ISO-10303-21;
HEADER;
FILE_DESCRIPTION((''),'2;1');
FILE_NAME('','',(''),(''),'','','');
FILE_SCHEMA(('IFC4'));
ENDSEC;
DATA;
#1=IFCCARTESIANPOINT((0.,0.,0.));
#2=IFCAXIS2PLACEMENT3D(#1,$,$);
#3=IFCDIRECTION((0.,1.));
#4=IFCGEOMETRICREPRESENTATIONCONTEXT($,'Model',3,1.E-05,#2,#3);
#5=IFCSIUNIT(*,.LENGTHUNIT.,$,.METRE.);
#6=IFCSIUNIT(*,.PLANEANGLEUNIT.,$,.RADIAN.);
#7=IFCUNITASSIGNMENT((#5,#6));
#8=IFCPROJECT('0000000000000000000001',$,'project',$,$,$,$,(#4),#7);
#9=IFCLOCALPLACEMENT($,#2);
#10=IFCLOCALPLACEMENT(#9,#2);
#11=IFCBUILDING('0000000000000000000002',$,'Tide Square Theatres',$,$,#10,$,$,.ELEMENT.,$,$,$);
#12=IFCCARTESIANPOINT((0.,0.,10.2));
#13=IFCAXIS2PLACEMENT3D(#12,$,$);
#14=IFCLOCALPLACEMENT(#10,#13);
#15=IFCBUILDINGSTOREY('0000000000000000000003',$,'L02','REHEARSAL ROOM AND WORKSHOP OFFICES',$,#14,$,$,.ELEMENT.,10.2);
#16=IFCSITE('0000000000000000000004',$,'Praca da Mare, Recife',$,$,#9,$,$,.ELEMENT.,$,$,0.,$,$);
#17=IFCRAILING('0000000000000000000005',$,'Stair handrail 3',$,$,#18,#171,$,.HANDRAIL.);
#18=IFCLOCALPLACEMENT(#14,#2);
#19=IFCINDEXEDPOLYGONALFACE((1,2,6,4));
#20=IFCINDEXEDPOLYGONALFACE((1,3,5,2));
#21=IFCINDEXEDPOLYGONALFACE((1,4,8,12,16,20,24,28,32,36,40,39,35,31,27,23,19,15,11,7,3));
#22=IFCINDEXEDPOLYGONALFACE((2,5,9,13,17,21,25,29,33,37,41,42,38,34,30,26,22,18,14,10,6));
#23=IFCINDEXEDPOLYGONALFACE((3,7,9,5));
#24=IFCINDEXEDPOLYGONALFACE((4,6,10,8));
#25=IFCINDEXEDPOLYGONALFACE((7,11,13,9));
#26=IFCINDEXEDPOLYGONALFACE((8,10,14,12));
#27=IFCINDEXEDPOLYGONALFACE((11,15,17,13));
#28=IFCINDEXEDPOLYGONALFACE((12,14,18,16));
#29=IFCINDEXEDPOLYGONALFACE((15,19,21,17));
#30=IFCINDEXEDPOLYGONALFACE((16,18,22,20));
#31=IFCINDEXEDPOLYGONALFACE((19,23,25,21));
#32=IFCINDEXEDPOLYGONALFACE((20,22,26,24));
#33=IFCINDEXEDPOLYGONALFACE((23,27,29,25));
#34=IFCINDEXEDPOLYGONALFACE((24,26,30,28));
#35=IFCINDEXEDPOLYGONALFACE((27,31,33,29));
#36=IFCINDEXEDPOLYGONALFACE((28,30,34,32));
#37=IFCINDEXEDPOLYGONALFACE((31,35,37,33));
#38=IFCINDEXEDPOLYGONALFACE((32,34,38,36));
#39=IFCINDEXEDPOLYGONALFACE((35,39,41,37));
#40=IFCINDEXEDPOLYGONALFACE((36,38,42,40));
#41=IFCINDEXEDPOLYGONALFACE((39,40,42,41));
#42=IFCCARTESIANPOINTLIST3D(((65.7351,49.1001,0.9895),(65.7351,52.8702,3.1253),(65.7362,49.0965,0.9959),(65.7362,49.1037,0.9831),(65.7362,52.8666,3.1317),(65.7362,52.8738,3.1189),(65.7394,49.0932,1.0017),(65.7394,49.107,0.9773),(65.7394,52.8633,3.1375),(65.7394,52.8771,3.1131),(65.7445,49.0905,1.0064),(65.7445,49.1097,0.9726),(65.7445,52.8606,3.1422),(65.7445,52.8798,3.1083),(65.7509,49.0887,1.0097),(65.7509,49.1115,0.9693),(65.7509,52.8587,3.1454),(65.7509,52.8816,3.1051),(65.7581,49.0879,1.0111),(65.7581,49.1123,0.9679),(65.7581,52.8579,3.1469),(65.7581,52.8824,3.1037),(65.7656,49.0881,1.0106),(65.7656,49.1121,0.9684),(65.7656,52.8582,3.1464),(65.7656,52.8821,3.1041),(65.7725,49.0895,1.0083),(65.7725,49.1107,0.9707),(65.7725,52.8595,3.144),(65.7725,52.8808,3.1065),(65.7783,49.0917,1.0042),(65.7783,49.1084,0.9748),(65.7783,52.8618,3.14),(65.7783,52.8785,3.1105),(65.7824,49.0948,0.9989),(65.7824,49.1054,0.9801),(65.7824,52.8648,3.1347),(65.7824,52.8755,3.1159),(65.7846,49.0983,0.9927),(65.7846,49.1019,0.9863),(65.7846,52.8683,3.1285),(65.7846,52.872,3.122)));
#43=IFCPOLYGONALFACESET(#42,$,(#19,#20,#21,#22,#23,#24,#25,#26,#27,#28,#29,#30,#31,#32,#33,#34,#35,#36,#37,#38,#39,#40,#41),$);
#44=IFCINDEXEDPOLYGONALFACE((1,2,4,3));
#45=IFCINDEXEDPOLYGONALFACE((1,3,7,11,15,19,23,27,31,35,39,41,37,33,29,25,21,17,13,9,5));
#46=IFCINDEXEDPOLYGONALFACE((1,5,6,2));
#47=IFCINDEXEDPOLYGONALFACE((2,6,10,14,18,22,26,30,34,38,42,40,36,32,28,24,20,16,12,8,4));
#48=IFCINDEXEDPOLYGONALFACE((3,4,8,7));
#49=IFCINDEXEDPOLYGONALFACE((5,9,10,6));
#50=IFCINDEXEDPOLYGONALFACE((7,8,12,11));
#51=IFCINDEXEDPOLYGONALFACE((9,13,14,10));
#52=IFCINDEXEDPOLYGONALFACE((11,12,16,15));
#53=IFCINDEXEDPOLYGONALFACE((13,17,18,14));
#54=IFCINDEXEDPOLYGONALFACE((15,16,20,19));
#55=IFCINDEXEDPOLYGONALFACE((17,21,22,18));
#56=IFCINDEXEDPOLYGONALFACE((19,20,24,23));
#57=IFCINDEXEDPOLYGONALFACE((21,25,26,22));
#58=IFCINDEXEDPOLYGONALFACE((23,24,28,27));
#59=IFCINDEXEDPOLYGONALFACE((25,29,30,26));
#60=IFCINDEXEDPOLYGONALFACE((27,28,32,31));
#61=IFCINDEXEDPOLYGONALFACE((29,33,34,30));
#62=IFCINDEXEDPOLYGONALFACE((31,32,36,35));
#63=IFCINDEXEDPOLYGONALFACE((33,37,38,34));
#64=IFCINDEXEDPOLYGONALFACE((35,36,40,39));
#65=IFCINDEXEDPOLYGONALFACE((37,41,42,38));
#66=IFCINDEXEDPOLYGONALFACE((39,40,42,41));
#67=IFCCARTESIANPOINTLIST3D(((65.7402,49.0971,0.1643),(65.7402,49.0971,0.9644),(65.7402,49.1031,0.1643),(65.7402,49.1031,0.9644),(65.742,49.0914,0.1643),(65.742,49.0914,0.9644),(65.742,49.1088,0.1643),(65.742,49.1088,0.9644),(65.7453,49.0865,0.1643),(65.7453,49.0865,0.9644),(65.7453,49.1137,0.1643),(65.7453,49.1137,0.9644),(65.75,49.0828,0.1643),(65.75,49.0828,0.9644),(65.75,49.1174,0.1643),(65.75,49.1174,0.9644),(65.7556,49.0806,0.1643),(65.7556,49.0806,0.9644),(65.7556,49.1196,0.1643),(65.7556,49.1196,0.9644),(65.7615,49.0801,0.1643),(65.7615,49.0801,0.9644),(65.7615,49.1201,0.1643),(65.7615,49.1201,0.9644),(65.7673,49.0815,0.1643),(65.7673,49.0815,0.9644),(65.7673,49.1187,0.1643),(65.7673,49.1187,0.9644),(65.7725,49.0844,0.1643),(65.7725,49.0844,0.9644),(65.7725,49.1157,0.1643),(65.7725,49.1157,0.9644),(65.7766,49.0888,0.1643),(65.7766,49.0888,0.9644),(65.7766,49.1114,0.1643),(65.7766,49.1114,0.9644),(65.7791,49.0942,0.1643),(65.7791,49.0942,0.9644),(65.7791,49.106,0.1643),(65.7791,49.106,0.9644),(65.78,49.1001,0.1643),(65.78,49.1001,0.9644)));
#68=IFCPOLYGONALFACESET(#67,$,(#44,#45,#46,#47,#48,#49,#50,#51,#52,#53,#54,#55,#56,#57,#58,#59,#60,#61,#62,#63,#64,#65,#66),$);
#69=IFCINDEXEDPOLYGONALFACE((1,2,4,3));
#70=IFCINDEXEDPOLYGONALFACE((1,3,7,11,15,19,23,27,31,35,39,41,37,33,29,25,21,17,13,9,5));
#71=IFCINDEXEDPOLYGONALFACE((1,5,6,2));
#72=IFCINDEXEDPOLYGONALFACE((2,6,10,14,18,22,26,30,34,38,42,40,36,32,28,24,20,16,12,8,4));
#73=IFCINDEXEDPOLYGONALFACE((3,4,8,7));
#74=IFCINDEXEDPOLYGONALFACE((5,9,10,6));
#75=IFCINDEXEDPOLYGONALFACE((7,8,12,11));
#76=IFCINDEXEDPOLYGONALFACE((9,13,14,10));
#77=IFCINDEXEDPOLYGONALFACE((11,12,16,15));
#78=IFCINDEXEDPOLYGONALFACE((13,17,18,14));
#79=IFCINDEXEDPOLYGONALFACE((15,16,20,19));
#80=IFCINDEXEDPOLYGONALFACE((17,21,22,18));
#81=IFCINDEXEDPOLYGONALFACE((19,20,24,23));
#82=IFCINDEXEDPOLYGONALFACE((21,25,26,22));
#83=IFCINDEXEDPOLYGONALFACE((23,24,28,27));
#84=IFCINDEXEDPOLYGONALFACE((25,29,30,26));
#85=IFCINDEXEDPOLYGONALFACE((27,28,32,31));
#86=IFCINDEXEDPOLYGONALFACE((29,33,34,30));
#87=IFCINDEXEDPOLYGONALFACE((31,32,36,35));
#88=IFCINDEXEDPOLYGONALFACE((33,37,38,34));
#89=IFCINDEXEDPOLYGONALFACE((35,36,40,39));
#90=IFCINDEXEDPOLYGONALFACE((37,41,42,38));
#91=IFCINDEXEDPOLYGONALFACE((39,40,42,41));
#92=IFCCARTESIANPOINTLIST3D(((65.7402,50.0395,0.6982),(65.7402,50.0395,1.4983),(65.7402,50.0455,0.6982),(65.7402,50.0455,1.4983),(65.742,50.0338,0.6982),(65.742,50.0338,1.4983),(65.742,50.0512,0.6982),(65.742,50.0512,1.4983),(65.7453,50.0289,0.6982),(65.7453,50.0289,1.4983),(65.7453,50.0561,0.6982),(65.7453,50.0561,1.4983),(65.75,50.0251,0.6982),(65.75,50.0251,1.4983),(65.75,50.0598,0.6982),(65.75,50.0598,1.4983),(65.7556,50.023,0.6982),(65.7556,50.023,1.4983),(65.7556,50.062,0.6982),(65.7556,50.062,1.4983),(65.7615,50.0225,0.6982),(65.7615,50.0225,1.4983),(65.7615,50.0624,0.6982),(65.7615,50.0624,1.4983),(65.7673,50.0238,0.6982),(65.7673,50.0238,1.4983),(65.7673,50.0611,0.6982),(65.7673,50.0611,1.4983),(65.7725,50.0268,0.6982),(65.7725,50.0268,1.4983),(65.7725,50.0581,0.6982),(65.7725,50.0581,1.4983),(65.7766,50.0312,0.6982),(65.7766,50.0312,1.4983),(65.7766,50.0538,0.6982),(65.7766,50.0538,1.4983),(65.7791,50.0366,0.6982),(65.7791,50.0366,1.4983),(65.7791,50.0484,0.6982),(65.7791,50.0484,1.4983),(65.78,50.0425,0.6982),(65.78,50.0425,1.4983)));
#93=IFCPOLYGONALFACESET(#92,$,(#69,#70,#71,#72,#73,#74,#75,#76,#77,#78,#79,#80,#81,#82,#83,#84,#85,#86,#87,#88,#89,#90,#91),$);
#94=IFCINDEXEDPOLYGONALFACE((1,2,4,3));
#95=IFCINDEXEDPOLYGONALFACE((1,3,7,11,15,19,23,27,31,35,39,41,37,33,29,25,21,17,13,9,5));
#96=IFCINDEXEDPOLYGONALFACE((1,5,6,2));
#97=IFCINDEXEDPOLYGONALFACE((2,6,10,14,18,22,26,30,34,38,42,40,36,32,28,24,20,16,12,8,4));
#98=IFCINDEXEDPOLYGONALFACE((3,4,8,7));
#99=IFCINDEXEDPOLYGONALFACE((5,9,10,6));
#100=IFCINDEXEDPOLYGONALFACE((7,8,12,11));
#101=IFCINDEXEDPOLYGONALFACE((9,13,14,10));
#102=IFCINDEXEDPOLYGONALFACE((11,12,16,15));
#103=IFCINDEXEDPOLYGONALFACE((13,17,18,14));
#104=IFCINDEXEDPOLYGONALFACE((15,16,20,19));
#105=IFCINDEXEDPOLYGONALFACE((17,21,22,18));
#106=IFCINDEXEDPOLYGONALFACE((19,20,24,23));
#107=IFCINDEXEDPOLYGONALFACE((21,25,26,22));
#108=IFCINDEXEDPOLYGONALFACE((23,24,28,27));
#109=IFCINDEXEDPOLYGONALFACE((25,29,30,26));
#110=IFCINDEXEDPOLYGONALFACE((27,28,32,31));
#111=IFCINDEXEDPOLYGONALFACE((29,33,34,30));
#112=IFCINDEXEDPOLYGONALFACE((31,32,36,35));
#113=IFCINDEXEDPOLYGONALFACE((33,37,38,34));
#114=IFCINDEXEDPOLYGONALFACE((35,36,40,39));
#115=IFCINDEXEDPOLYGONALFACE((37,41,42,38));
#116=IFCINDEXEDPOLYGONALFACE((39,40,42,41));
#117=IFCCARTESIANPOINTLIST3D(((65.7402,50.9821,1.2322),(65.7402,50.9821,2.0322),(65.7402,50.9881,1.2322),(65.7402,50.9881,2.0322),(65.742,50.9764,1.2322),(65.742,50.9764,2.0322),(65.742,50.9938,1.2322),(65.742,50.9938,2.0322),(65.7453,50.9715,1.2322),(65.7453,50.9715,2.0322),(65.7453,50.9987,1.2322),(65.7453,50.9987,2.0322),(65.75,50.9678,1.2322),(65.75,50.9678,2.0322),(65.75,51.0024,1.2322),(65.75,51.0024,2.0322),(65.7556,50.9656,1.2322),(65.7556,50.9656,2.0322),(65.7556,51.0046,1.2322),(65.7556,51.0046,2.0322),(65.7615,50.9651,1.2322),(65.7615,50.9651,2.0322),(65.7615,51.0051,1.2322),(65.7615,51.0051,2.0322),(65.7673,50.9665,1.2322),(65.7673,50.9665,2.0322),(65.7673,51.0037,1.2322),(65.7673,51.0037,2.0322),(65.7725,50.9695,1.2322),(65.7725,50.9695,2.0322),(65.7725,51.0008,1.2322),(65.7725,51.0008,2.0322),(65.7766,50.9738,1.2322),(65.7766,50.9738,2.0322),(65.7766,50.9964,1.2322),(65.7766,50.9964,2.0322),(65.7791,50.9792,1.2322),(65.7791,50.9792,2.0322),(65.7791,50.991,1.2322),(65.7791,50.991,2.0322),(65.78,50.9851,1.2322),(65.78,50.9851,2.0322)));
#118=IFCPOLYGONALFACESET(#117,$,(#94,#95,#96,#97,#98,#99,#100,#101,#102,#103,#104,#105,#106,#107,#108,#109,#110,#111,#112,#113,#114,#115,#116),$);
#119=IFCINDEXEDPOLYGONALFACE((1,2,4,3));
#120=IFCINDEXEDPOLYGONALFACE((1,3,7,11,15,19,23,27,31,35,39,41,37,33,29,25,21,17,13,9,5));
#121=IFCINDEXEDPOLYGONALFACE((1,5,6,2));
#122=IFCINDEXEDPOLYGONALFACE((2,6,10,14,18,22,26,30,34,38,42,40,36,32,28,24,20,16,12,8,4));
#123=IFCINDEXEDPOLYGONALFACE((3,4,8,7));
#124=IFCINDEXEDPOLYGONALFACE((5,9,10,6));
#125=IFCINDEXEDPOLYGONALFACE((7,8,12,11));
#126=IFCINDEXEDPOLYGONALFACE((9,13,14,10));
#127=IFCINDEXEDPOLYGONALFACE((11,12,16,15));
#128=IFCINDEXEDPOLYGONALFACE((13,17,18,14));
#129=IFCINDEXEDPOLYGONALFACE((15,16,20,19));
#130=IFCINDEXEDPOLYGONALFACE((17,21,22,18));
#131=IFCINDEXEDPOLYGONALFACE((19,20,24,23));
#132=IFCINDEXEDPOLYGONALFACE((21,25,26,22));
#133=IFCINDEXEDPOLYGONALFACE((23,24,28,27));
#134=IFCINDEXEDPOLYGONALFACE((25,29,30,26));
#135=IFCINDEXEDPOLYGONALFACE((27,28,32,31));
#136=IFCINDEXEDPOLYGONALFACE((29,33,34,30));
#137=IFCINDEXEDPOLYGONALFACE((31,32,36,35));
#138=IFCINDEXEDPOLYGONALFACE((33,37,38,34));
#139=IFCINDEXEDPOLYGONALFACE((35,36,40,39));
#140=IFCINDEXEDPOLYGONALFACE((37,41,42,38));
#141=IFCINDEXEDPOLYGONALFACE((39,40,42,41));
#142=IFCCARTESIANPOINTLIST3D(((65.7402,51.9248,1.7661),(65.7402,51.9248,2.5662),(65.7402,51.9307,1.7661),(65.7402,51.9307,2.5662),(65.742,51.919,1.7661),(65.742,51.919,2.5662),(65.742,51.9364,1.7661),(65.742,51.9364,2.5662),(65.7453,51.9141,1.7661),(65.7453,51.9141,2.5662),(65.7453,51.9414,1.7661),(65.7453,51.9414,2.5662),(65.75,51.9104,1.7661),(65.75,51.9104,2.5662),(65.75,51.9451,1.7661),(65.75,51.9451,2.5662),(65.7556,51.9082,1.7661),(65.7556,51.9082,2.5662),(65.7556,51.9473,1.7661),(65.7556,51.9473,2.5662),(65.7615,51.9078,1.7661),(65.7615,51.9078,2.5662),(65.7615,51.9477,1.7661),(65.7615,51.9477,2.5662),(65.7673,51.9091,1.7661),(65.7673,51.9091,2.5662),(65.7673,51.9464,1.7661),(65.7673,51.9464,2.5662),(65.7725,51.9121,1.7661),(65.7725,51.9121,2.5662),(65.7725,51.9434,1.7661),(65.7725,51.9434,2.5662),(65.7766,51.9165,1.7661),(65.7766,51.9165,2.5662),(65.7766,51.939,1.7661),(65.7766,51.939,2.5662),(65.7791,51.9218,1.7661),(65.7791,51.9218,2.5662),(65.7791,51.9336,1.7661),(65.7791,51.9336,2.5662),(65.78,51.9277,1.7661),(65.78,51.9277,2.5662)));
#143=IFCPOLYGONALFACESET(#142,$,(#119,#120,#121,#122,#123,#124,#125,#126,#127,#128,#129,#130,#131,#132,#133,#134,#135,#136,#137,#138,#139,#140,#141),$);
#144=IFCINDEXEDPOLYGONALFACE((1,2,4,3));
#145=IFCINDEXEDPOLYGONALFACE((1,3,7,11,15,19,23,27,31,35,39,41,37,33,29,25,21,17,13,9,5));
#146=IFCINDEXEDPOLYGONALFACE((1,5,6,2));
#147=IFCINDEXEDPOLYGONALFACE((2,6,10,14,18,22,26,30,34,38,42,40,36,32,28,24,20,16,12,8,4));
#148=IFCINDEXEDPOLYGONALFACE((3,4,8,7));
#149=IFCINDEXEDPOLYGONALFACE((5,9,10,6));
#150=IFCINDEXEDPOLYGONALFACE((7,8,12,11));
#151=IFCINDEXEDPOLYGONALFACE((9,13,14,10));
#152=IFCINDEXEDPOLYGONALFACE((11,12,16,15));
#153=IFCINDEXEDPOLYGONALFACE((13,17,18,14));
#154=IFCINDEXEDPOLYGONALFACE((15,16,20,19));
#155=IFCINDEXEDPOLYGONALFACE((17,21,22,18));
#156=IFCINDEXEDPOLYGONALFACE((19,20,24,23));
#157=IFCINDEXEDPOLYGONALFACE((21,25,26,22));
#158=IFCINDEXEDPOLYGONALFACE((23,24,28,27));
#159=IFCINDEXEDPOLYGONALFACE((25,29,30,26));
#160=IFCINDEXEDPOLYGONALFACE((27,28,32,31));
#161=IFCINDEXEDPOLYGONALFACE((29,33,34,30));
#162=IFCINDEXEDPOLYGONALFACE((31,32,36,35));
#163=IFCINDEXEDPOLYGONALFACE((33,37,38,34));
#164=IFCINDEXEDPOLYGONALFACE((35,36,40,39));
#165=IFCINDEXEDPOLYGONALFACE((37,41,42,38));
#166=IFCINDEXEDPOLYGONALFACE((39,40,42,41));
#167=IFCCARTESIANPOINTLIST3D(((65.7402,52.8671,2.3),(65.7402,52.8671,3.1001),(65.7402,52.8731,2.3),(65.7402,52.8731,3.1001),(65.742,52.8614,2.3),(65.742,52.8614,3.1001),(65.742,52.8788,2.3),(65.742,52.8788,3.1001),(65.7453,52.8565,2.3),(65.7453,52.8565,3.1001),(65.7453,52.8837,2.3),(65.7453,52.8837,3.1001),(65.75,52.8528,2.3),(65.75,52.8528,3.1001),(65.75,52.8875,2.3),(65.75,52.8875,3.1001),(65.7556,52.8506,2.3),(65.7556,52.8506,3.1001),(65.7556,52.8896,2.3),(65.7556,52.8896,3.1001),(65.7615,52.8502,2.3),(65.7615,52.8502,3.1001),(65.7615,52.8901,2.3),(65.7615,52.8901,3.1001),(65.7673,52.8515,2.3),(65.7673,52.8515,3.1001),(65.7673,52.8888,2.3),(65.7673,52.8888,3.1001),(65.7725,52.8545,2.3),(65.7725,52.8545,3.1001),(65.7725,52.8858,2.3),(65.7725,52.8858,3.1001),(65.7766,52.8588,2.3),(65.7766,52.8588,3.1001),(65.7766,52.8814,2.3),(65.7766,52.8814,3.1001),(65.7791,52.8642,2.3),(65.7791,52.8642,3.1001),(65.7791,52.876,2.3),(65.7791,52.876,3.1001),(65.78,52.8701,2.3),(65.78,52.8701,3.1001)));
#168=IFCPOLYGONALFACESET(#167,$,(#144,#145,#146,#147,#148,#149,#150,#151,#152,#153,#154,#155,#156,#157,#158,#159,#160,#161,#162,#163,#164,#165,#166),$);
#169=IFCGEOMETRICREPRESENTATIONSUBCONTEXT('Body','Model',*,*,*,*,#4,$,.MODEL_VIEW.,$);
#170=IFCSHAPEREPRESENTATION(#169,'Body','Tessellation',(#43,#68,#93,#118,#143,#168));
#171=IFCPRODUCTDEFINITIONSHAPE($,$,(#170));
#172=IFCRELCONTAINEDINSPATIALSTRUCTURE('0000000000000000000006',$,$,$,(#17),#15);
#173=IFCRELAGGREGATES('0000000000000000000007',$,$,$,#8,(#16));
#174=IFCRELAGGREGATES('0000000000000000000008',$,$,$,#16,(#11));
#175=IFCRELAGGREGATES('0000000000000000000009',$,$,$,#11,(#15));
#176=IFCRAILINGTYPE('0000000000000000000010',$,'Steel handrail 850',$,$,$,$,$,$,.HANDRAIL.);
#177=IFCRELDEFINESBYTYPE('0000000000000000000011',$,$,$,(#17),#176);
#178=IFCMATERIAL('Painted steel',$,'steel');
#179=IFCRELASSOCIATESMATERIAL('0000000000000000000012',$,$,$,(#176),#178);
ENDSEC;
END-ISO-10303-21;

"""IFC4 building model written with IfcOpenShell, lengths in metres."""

from ifc_helpers import new_model, si_unit, direction, frame, origin, origin_2d, place, context, subcontext, project, spatial, circle, extrude, material, type_object, element, save


model = new_model("IFC4")

# Units and contexts
model_context = context("Model", 3, precision=1e-05, world=origin(), true_north=direction((0.0, 1.0)))
body_context = subcontext(model_context, "Body", "Model", "MODEL_VIEW")
ifc_project = project(units=[si_unit("LENGTHUNIT", "METRE"), si_unit("PLANEANGLEUNIT", "RADIAN")], contexts=[model_context])

# Site, building, storey
site_placement = place(None, origin())
site = spatial("IfcSite", under=ifc_project, at=site_placement, Name="Praca da Mare, Recife", CompositionType="ELEMENT", RefElevation=0.0)
building_placement = place(site_placement, origin())
building = spatial("IfcBuilding", under=site, at=building_placement, Name="Tide Square Theatres", CompositionType="ELEMENT")
storey_placement = place(building_placement, frame((0.0, 0.0, 10.2)))
storey = spatial("IfcBuildingStorey", under=building, at=storey_placement, Name="L02", Description="REHEARSAL ROOM AND WORKSHOP OFFICES", CompositionType="ELEMENT", Elevation=10.2)

# Railing
ifc_material_1 = material(Name="Painted steel", Category="steel")
railing_type = type_object("IfcRailingType", Name="Steel handrail 850", PredefinedType="HANDRAIL", material=ifc_material_1)
for number, where, name in (
    (1, (65.76, 49.1001, 0.1643), "Stair handrail 3"),
):
    element("IfcRailing", number, at=place(storey_placement, frame(where)), inside=storey, type_object=railing_type, Name=name, PredefinedType="HANDRAIL", context=body_context, shape_type="SweptSolid", body=[
        extrude(circle(Radius=0.0249, at=origin_2d()), frame((0.0, 0.0, 0.8252), z_axis=(0.0, 0.870082, 0.492907), x_axis=(-1.0, 0.0, 0.0)), (0.0, 0.0, 1.0), 4.333),
        extrude(circle(Radius=0.02, at=origin_2d()), origin(), (0.0, 0.0, 1.0), 0.8),
        extrude(circle(Radius=0.02, at=origin_2d()), frame((0.0, 0.9424, 0.5339)), (0.0, 0.0, 1.0), 0.8),
        extrude(circle(Radius=0.02, at=origin_2d()), frame((0.0, 1.885, 1.0679)), (0.0, 0.0, 1.0), 0.8),
        extrude(circle(Radius=0.02, at=origin_2d()), frame((0.0, 2.8276, 1.6018)), (0.0, 0.0, 1.0), 0.8),
        extrude(circle(Radius=0.02, at=origin_2d()), frame((0.0, 3.77, 2.1357)), (0.0, 0.0, 1.0), 0.8),
    ])

save(model, "model.ifc")
